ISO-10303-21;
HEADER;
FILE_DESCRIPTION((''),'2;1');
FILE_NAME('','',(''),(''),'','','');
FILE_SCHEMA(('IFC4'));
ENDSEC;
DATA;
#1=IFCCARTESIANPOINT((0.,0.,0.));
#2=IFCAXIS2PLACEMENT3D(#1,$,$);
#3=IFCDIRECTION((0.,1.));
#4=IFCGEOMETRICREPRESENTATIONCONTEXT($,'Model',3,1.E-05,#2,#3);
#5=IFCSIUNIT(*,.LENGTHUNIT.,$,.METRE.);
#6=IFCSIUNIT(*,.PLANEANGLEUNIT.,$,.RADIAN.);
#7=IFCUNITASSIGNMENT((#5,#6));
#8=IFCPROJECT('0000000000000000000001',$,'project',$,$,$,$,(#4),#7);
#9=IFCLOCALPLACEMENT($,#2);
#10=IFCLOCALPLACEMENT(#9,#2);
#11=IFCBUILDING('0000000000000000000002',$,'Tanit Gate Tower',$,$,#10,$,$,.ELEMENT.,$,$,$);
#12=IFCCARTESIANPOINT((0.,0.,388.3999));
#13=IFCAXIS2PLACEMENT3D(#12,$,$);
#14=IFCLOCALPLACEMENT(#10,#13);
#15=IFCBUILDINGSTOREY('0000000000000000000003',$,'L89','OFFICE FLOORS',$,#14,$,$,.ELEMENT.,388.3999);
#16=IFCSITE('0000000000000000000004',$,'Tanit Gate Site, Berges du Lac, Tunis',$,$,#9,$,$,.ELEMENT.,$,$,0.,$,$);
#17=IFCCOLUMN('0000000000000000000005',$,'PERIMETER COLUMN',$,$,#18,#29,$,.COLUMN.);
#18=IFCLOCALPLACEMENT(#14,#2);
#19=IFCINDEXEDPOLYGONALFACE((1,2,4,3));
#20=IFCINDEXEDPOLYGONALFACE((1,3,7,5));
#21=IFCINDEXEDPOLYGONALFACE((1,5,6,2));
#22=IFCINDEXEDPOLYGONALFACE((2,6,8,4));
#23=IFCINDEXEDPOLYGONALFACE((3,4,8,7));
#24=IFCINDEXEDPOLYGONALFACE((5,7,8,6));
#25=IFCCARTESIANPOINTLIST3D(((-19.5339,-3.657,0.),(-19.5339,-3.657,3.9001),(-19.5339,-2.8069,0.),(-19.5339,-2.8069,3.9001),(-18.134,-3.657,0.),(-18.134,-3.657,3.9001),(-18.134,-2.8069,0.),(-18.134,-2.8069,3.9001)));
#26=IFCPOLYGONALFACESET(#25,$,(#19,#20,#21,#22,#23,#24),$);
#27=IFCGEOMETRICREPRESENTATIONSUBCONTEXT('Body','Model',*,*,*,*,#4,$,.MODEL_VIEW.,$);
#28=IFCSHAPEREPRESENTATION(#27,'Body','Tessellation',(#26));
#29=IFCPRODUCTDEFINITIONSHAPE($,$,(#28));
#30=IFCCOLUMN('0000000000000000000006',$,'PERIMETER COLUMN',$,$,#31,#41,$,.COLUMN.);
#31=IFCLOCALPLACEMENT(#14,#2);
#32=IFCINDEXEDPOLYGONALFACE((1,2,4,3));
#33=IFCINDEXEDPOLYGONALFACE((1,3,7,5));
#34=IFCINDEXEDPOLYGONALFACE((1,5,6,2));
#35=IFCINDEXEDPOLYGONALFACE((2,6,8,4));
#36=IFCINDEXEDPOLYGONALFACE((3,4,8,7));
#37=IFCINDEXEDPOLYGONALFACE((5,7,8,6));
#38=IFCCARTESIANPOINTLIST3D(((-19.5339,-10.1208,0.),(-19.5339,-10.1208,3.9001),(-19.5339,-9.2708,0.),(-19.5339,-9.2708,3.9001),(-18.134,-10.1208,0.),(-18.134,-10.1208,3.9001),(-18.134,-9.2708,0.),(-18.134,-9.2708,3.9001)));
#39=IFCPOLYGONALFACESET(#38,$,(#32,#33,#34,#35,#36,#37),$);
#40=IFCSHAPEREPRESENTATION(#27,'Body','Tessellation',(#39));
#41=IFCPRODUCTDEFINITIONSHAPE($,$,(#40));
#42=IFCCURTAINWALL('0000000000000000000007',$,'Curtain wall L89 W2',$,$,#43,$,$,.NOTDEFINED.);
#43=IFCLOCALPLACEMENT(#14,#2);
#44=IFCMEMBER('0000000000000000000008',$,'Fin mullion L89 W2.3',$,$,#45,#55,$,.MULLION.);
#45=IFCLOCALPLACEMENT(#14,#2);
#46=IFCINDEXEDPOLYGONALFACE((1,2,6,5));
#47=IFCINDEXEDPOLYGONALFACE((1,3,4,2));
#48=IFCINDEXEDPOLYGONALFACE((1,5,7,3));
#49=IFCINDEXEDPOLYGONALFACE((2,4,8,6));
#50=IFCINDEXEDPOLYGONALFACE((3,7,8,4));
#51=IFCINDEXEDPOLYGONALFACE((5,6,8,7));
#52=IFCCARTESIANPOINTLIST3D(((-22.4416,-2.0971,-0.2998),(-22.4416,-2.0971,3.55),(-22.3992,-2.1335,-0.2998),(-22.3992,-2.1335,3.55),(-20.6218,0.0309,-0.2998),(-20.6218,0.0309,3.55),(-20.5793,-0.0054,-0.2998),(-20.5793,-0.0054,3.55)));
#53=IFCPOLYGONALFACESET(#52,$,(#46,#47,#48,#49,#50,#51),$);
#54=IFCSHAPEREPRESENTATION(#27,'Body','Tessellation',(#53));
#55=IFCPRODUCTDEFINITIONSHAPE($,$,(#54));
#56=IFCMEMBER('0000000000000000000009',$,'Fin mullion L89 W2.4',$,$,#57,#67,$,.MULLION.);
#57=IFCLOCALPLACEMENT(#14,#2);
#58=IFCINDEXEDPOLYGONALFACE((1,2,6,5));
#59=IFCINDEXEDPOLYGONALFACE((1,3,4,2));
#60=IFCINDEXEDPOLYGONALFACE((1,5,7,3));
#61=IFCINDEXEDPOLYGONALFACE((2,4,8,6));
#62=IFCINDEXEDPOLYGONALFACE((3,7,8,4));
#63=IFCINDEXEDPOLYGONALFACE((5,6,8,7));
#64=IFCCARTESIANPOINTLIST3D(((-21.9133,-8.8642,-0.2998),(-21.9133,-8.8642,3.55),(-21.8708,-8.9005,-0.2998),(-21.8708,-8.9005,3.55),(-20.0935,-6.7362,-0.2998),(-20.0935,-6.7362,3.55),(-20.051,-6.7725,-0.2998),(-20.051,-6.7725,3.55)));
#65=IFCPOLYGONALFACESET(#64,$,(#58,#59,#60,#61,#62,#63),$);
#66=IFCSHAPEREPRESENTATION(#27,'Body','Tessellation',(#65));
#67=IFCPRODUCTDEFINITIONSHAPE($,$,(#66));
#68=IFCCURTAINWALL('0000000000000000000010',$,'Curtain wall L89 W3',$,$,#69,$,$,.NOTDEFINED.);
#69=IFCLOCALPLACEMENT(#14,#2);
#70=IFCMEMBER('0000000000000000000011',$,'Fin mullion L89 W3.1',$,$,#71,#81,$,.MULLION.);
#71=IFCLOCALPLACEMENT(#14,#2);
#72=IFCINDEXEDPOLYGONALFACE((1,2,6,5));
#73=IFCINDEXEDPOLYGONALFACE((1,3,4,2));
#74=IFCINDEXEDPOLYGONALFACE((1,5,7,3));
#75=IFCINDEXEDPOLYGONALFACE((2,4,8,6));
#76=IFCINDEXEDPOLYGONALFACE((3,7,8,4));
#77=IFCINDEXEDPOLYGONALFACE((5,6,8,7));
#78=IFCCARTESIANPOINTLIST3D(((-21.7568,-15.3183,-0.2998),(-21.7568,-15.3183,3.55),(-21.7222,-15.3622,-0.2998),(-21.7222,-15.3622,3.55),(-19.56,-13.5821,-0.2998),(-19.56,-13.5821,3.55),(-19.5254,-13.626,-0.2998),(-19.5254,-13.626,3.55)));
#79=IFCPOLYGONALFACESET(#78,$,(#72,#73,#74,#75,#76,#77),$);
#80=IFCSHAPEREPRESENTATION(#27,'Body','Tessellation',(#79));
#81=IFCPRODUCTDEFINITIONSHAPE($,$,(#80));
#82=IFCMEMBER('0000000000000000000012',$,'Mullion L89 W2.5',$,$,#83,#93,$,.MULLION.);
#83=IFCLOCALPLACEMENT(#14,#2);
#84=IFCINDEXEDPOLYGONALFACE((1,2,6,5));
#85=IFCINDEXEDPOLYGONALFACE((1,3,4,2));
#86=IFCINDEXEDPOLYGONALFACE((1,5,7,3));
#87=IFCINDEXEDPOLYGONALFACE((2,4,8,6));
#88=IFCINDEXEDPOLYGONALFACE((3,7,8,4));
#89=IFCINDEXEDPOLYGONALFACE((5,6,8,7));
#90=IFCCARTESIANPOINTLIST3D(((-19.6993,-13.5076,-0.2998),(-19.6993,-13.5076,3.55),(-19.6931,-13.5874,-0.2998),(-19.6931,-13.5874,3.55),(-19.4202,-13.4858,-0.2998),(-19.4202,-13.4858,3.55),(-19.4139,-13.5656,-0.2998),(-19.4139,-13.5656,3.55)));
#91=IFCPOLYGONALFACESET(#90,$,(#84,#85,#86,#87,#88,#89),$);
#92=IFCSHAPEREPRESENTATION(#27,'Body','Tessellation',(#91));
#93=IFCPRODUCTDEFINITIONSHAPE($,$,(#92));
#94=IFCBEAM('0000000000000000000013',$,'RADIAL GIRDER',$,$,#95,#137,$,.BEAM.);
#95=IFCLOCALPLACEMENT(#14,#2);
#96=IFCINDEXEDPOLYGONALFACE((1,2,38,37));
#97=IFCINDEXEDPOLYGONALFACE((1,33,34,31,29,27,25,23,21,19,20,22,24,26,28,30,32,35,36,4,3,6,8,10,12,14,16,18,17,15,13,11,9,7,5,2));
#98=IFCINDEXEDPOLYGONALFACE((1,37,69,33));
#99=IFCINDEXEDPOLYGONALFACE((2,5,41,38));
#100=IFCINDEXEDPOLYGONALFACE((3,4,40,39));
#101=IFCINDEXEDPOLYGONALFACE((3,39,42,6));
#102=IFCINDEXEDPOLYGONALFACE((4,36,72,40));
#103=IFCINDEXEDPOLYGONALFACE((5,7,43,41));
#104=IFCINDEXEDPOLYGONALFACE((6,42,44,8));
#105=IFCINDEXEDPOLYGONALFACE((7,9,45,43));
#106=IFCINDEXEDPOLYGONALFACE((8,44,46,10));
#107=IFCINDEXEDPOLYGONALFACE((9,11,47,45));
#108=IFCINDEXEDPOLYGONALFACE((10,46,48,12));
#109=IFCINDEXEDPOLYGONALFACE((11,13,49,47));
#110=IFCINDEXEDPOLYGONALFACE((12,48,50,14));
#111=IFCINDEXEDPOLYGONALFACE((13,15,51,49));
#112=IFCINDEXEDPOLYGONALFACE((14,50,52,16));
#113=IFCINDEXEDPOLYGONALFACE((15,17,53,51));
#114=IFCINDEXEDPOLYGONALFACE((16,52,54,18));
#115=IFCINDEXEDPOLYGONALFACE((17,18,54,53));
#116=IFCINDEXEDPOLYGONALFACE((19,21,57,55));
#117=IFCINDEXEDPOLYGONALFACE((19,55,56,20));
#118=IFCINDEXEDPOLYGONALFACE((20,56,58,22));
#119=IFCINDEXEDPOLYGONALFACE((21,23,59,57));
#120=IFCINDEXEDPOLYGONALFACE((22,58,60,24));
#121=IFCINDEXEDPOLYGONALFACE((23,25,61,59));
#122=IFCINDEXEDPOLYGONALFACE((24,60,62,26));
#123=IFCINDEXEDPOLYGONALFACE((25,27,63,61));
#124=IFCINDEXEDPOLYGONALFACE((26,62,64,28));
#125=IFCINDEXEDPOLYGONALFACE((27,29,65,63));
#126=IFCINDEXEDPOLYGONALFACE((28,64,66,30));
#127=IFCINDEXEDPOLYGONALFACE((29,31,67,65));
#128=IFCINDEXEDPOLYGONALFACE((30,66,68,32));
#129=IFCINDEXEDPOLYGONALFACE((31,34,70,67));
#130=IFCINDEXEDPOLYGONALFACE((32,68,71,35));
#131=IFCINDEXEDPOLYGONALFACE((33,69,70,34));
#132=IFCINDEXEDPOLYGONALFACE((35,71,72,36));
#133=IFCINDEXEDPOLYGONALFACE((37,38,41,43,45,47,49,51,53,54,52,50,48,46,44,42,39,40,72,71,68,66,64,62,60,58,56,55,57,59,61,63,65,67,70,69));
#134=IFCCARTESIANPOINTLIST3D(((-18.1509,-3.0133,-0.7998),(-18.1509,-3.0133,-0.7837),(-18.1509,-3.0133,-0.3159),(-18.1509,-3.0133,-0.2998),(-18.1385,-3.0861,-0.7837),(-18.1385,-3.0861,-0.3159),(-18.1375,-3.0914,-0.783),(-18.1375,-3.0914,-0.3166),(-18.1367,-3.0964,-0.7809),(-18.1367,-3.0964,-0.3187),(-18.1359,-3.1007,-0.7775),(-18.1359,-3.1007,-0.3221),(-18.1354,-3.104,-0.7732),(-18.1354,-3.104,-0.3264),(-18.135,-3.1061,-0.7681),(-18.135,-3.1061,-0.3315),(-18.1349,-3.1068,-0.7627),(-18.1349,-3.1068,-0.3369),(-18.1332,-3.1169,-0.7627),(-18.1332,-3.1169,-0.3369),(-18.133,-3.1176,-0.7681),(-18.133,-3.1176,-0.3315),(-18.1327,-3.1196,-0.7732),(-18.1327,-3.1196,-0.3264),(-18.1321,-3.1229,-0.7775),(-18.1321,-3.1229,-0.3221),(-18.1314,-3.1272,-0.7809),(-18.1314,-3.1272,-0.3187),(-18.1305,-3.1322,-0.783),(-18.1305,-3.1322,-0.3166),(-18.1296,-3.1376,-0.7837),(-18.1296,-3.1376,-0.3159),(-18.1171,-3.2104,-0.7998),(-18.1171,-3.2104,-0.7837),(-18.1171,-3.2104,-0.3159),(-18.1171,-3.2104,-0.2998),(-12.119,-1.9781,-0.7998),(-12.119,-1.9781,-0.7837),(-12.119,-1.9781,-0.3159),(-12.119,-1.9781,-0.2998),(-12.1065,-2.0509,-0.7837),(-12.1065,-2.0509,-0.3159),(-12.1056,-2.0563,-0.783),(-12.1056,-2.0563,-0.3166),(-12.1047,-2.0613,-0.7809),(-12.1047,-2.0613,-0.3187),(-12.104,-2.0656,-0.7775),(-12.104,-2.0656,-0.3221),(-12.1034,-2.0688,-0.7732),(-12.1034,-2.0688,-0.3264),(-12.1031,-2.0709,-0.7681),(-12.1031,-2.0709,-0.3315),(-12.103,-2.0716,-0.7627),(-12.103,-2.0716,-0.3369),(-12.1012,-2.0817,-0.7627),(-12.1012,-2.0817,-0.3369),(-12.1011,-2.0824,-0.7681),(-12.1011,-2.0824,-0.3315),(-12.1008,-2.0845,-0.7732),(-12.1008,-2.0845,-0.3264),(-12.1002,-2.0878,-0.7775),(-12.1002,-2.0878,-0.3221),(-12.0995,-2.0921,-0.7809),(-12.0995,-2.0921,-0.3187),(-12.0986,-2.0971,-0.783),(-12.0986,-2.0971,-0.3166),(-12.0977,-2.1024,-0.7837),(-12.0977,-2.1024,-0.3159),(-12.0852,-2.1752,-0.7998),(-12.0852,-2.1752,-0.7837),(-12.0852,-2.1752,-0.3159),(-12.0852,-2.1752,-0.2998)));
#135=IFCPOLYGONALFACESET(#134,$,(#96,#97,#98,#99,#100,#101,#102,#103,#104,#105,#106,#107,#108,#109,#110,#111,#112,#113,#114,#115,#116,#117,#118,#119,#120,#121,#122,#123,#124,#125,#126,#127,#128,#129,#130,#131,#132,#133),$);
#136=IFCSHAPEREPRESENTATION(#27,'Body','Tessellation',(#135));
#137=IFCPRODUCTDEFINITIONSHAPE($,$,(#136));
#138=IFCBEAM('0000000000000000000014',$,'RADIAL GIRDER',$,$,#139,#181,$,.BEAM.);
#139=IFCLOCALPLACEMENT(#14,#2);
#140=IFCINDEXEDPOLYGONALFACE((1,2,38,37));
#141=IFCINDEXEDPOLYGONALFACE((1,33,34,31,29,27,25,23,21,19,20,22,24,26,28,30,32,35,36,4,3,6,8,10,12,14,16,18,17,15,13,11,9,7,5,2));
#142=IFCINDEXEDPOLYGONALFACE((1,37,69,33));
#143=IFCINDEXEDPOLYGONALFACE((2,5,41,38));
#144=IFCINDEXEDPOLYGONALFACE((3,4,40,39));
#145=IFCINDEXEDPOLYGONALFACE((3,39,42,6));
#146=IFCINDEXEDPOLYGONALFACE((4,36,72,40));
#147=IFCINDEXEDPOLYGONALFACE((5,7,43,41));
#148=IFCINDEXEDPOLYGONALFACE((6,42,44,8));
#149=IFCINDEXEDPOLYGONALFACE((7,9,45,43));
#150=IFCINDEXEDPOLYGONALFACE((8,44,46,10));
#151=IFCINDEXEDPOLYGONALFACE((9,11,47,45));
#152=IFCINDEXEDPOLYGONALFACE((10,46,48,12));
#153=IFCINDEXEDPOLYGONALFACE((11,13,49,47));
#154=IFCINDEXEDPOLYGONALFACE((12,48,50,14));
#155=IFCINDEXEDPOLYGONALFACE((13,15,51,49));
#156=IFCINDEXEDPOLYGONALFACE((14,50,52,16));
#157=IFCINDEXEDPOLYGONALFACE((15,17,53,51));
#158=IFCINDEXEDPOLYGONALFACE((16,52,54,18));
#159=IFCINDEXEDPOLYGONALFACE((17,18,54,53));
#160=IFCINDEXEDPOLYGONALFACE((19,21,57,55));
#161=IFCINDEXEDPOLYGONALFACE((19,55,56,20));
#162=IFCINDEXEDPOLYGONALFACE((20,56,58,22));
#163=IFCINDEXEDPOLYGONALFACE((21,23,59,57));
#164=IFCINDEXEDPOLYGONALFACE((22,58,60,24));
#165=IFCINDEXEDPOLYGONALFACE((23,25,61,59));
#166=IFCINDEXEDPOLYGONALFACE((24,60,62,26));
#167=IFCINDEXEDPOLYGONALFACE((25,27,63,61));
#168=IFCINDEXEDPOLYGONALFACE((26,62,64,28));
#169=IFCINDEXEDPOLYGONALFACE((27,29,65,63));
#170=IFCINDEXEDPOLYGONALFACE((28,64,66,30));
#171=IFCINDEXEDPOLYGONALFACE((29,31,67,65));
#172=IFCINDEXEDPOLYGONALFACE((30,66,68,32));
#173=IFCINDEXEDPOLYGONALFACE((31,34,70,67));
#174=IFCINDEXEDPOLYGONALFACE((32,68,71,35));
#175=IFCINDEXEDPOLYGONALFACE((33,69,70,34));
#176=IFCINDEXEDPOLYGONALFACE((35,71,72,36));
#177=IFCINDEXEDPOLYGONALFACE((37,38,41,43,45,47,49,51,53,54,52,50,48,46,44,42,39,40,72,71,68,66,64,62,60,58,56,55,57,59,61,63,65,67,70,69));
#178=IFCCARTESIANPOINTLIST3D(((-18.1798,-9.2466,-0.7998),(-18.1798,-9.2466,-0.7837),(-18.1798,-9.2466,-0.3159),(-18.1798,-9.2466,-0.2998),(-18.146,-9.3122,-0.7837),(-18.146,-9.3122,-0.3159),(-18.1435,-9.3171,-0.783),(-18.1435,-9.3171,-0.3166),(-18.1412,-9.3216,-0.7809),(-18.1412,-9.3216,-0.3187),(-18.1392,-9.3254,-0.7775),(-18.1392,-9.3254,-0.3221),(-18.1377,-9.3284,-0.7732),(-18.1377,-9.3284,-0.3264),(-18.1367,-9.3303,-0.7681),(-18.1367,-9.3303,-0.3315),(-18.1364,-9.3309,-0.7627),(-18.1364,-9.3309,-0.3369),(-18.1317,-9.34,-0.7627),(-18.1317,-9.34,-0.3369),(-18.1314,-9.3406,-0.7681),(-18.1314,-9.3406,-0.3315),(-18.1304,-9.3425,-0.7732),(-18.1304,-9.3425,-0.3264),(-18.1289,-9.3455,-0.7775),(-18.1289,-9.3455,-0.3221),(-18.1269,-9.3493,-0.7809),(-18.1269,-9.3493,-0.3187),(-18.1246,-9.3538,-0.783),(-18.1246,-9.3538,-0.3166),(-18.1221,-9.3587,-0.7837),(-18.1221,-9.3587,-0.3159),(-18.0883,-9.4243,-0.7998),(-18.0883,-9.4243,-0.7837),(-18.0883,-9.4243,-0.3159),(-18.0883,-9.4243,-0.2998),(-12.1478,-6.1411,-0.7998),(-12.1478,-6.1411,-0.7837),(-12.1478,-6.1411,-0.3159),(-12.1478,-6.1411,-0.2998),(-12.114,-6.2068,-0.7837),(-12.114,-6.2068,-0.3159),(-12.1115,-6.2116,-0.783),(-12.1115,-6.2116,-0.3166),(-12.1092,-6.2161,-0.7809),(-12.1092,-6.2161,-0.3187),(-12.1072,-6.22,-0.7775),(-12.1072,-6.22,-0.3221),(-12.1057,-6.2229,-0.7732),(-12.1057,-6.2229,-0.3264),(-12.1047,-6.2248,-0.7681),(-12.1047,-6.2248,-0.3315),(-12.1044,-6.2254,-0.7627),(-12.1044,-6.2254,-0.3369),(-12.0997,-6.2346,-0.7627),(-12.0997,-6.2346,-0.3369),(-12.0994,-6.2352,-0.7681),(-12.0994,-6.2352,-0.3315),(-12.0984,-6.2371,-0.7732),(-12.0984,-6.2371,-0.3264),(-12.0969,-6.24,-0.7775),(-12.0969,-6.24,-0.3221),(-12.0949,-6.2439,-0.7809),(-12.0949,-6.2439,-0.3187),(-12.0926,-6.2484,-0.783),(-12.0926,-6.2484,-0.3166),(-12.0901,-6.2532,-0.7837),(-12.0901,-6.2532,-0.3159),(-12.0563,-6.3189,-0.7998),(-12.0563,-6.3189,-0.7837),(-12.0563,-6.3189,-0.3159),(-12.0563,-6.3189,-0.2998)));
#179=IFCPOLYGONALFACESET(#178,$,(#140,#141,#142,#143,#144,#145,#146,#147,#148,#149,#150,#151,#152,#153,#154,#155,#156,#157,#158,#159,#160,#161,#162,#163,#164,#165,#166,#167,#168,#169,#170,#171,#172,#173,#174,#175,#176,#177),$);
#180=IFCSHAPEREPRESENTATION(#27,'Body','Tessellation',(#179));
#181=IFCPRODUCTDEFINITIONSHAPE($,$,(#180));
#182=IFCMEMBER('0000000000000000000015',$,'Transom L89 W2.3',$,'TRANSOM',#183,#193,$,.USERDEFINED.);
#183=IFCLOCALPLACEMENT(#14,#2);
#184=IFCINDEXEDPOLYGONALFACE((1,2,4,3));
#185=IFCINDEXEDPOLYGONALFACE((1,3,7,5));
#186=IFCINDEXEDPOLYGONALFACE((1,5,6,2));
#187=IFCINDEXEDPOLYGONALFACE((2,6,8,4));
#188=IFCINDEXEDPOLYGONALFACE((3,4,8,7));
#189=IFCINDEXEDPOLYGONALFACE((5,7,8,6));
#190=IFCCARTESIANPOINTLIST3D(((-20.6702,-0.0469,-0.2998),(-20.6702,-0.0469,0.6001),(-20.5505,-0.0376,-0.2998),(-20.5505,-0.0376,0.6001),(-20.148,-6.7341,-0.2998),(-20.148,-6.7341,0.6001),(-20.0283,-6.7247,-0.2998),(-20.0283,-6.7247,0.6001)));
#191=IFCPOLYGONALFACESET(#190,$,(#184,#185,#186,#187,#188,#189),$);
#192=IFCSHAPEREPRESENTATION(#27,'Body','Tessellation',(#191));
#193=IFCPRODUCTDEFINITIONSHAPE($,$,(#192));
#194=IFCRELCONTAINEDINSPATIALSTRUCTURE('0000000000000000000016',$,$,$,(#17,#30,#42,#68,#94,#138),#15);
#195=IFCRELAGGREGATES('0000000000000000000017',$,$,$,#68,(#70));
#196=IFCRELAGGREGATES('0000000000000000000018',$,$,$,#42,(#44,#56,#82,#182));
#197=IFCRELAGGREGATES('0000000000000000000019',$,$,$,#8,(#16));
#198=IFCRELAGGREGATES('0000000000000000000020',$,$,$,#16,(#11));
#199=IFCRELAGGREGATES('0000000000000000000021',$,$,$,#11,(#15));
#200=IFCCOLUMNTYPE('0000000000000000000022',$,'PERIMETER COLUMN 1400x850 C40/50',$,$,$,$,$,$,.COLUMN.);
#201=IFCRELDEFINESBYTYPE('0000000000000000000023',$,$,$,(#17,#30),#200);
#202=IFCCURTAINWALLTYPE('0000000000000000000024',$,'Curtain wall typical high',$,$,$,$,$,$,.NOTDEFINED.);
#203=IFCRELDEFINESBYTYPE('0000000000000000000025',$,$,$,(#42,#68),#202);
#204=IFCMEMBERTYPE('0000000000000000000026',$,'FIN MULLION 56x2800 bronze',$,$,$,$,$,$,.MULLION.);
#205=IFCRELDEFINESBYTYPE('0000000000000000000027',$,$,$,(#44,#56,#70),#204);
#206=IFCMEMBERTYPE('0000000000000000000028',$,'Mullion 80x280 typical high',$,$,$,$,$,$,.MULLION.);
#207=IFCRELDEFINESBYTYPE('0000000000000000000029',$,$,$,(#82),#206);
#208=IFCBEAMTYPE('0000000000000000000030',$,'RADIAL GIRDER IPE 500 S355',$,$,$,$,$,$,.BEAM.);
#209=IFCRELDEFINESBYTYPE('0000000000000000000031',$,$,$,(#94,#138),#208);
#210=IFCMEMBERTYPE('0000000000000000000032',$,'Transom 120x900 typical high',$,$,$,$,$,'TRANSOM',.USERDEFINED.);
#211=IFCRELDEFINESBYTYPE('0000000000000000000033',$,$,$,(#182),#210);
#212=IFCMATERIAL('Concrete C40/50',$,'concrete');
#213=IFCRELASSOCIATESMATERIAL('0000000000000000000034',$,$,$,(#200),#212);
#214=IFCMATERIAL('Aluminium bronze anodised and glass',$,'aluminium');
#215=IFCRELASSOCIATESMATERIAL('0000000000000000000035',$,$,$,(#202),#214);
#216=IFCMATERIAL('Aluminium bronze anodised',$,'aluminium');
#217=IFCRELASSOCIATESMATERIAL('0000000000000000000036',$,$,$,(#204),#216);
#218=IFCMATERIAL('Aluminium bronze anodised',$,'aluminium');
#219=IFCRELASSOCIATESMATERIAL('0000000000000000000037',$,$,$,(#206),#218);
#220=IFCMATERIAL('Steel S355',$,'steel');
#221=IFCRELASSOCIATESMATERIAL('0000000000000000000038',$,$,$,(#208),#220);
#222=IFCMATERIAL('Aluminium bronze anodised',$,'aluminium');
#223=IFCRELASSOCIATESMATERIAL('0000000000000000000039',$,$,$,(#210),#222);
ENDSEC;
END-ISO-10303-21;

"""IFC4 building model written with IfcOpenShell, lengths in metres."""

from ifc_helpers import new_model, si_unit, direction, frame, origin, origin_2d, place, context, subcontext, project, spatial, rectangle, i_section, extrude, material, material_profile, profile_set, type_object, element, aggregate, save


model = new_model("IFC4")

# Units and contexts
model_context = context("Model", 3, precision=1e-05, world=origin(), true_north=direction((0.0, 1.0)))
body_context = subcontext(model_context, "Body", "Model", "MODEL_VIEW")
ifc_project = project(units=[si_unit("LENGTHUNIT", "METRE"), si_unit("PLANEANGLEUNIT", "RADIAN")], contexts=[model_context])

# Site, building, storey
site_placement = place(None, origin())
site = spatial("IfcSite", under=ifc_project, at=site_placement, Name="Tanit Gate Site, Berges du Lac, Tunis", CompositionType="ELEMENT", RefElevation=0.0)
building_placement = place(site_placement, origin())
building = spatial("IfcBuilding", under=site, at=building_placement, Name="Tanit Gate Tower", CompositionType="ELEMENT")
storey_placement = place(building_placement, frame((0.0, 0.0, 388.3999)))
storey = spatial("IfcBuildingStorey", under=building, at=storey_placement, Name="L89", Description="OFFICE FLOORS", CompositionType="ELEMENT", Elevation=388.3999)

# Columns
ifc_material_1 = material(Name="Concrete C40/50", Category="concrete")
ifc_material_profile_1 = material_profile(ifc_material_1, rectangle(XDim=1.3999, YDim=0.8501, at=origin_2d()), Name="RC 1400x850")
ifc_profile_set_1 = profile_set([ifc_material_profile_1], Name="Concrete C40/50")
column_type = type_object("IfcColumnType", Name="PERIMETER COLUMN 1400x850 C40/50", PredefinedType="COLUMN", material=ifc_profile_set_1)
for number, where, z_axis, x_axis, name in (
    (1, (-18.834, -3.2319, 0.0), (0.0, 0.0, 1.0), (-1.0, 0.0, 0.0), "PERIMETER COLUMN"),
    (2, (-18.834, -9.6958, 0.0), (0.0, 0.0, 1.0), (-1.0, 0.0, 0.0), "PERIMETER COLUMN"),
):
    element("IfcColumn", number, at=place(storey_placement, frame(where, z_axis=z_axis, x_axis=x_axis)), inside=storey, type_object=column_type, Name=name, PredefinedType="COLUMN", context=body_context, shape_type="SweptSolid", body=[
        extrude(rectangle(XDim=1.3999, YDim=0.8501, at=origin_2d()), origin(), (0.0, 0.0, 1.0), 3.9001),
    ])

# Curtain wall, members
ifc_material_2 = material(Name="Aluminium bronze anodised and glass", Category="aluminium")
curtain_wall_type = type_object("IfcCurtainWallType", Name="Curtain wall typical high", PredefinedType="NOTDEFINED", material=ifc_material_2)
curtain_wall_1_placement = place(storey_placement, origin())
curtain_wall_1 = element("IfcCurtainWall", 3, at=curtain_wall_1_placement, inside=storey, type_object=curtain_wall_type, Name="Curtain wall L89 W2", PredefinedType="NOTDEFINED")
ifc_material_3 = material(Name="Aluminium bronze anodised", Category="aluminium")
ifc_material_profile_2 = material_profile(ifc_material_3, rectangle(XDim=2.8, YDim=0.0559, at=origin_2d()), Name="56x2800 bronze fin mullion")
ifc_profile_set_2 = profile_set([ifc_material_profile_2], Name="Aluminium bronze anodised")
member_type_1 = type_object("IfcMemberType", Name="FIN MULLION 56x2800 bronze", PredefinedType="MULLION", material=ifc_profile_set_2)
member_1_placement = place(storey_placement, frame((-21.5105, -1.0513, -0.2998), z_axis=(0.0, 0.0, 1.0), x_axis=(0.649921, 0.760002, 0.0)))
member_1 = element("IfcMember", 4, at=member_1_placement, type_object=member_type_1, Name="Fin mullion L89 W2.3", PredefinedType="MULLION", context=body_context, shape_type="SweptSolid", body=[
    extrude(rectangle(XDim=2.8, YDim=0.0559, at=origin_2d()), origin(), (0.0, 0.0, 1.0), 3.8499),
])
member_2_placement = place(storey_placement, frame((-20.9822, -7.8184, -0.2998), z_axis=(0.0, 0.0, 1.0), x_axis=(0.649921, 0.760002, 0.0)))
member_2 = element("IfcMember", 5, at=member_2_placement, type_object=member_type_1, Name="Fin mullion L89 W2.4", PredefinedType="MULLION", context=body_context, shape_type="SweptSolid", body=[
    extrude(rectangle(XDim=2.8, YDim=0.0559, at=origin_2d()), origin(), (0.0, 0.0, 1.0), 3.8499),
])

# Curtain wall, member
curtain_wall_2_placement = place(storey_placement, origin())
curtain_wall_2 = element("IfcCurtainWall", 6, at=curtain_wall_2_placement, inside=storey, type_object=curtain_wall_type, Name="Curtain wall L89 W3", PredefinedType="NOTDEFINED")
member_3_placement = place(storey_placement, frame((-20.6411, -14.4722, -0.2998), z_axis=(0.0, 0.0, 1.0), x_axis=(0.784556, 0.620058, 0.0)))
member_3 = element("IfcMember", 7, at=member_3_placement, type_object=member_type_1, Name="Fin mullion L89 W3.1", PredefinedType="MULLION", context=body_context, shape_type="SweptSolid", body=[
    extrude(rectangle(XDim=2.8, YDim=0.0559, at=origin_2d()), origin(), (0.0, 0.0, 1.0), 3.8499),
])

# Member
ifc_material_4 = material(Name="Aluminium bronze anodised", Category="aluminium")
ifc_material_profile_3 = material_profile(ifc_material_4, rectangle(XDim=0.28, YDim=0.0801, at=origin_2d()), Name="80x280 bronze mullion")
ifc_profile_set_3 = profile_set([ifc_material_profile_3], Name="Aluminium bronze anodised")
member_type_2 = type_object("IfcMemberType", Name="Mullion 80x280 typical high", PredefinedType="MULLION", material=ifc_profile_set_3)
member_4_placement = place(storey_placement, frame((-19.5566, -13.5366, -0.2998), z_axis=(0.0, 0.0, 1.0), x_axis=(0.996966, 0.077839, 0.0)))
member_4 = element("IfcMember", 8, at=member_4_placement, type_object=member_type_2, Name="Mullion L89 W2.5", PredefinedType="MULLION", context=body_context, shape_type="SweptSolid", body=[
    extrude(rectangle(XDim=0.28, YDim=0.0801, at=origin_2d()), origin(), (0.0, 0.0, 1.0), 3.8499),
])

# Beams
ifc_material_5 = material(Name="Steel S355", Category="steel")
ifc_material_profile_4 = material_profile(ifc_material_5, i_section(OverallWidth=0.2, OverallDepth=0.5, WebThickness=0.0103, FlangeThickness=0.0161, FilletRadius=0.021, at=origin_2d()), Name="IPE 500")
ifc_profile_set_4 = profile_set([ifc_material_profile_4], Name="Steel S355")
beam_type = type_object("IfcBeamType", Name="RADIAL GIRDER IPE 500 S355", PredefinedType="BEAM", material=ifc_profile_set_4)
beam_1_placement = place(storey_placement, frame((-18.134, -3.1118, -0.5498), z_axis=(0.985592, 0.169139, 0.0), x_axis=(-0.169139, 0.985592, 0.0)))
element("IfcBeam", 9, at=beam_1_placement, inside=storey, type_object=beam_type, Name="RADIAL GIRDER", PredefinedType="BEAM", context=body_context, shape_type="SweptSolid", body=[
    extrude(i_section(OverallWidth=0.2, OverallDepth=0.5, WebThickness=0.0103, FlangeThickness=0.0161, FilletRadius=0.021, at=origin_2d()), origin(), (0.0, 0.0, 1.0), 6.1201),
])
beam_2_placement = place(storey_placement, frame((-18.134, -9.3354, -0.5498), z_axis=(0.88909, 0.457733, 0.0), x_axis=(-0.457733, 0.88909, 0.0)))
element("IfcBeam", 10, at=beam_2_placement, inside=storey, type_object=beam_type, Name="RADIAL GIRDER", PredefinedType="BEAM", context=body_context, shape_type="SweptSolid", body=[
    extrude(i_section(OverallWidth=0.2, OverallDepth=0.5, WebThickness=0.0103, FlangeThickness=0.0161, FilletRadius=0.021, at=origin_2d()), origin(), (0.0, 0.0, 1.0), 6.7844),
])

# Member
ifc_material_6 = material(Name="Aluminium bronze anodised", Category="aluminium")
ifc_material_profile_5 = material_profile(ifc_material_6, rectangle(XDim=0.1201, YDim=0.8999, at=origin_2d()), Name="120x900 bronze transom")
ifc_profile_set_5 = profile_set([ifc_material_profile_5], Name="Aluminium bronze anodised")
member_type_3 = type_object("IfcMemberType", Name="Transom 120x900 typical high", ElementType="TRANSOM", PredefinedType="USERDEFINED", material=ifc_profile_set_5)
member_5_placement = place(storey_placement, frame((-20.6104, -0.0422, 0.1501), z_axis=(0.077854, -0.996965, 0.0), x_axis=(0.996965, 0.077854, 0.0)))
member_5 = element("IfcMember", 11, at=member_5_placement, type_object=member_type_3, Name="Transom L89 W2.3", ObjectType="TRANSOM", PredefinedType="USERDEFINED", context=body_context, shape_type="SweptSolid", body=[
    extrude(rectangle(XDim=0.1201, YDim=0.8999, at=origin_2d()), origin(), (0.0, 0.0, 1.0), 6.7075),
])
aggregate(curtain_wall_2, [member_3])

aggregate(curtain_wall_1, [member_1, member_2, member_4, member_5])

save(model, "model.ifc")
